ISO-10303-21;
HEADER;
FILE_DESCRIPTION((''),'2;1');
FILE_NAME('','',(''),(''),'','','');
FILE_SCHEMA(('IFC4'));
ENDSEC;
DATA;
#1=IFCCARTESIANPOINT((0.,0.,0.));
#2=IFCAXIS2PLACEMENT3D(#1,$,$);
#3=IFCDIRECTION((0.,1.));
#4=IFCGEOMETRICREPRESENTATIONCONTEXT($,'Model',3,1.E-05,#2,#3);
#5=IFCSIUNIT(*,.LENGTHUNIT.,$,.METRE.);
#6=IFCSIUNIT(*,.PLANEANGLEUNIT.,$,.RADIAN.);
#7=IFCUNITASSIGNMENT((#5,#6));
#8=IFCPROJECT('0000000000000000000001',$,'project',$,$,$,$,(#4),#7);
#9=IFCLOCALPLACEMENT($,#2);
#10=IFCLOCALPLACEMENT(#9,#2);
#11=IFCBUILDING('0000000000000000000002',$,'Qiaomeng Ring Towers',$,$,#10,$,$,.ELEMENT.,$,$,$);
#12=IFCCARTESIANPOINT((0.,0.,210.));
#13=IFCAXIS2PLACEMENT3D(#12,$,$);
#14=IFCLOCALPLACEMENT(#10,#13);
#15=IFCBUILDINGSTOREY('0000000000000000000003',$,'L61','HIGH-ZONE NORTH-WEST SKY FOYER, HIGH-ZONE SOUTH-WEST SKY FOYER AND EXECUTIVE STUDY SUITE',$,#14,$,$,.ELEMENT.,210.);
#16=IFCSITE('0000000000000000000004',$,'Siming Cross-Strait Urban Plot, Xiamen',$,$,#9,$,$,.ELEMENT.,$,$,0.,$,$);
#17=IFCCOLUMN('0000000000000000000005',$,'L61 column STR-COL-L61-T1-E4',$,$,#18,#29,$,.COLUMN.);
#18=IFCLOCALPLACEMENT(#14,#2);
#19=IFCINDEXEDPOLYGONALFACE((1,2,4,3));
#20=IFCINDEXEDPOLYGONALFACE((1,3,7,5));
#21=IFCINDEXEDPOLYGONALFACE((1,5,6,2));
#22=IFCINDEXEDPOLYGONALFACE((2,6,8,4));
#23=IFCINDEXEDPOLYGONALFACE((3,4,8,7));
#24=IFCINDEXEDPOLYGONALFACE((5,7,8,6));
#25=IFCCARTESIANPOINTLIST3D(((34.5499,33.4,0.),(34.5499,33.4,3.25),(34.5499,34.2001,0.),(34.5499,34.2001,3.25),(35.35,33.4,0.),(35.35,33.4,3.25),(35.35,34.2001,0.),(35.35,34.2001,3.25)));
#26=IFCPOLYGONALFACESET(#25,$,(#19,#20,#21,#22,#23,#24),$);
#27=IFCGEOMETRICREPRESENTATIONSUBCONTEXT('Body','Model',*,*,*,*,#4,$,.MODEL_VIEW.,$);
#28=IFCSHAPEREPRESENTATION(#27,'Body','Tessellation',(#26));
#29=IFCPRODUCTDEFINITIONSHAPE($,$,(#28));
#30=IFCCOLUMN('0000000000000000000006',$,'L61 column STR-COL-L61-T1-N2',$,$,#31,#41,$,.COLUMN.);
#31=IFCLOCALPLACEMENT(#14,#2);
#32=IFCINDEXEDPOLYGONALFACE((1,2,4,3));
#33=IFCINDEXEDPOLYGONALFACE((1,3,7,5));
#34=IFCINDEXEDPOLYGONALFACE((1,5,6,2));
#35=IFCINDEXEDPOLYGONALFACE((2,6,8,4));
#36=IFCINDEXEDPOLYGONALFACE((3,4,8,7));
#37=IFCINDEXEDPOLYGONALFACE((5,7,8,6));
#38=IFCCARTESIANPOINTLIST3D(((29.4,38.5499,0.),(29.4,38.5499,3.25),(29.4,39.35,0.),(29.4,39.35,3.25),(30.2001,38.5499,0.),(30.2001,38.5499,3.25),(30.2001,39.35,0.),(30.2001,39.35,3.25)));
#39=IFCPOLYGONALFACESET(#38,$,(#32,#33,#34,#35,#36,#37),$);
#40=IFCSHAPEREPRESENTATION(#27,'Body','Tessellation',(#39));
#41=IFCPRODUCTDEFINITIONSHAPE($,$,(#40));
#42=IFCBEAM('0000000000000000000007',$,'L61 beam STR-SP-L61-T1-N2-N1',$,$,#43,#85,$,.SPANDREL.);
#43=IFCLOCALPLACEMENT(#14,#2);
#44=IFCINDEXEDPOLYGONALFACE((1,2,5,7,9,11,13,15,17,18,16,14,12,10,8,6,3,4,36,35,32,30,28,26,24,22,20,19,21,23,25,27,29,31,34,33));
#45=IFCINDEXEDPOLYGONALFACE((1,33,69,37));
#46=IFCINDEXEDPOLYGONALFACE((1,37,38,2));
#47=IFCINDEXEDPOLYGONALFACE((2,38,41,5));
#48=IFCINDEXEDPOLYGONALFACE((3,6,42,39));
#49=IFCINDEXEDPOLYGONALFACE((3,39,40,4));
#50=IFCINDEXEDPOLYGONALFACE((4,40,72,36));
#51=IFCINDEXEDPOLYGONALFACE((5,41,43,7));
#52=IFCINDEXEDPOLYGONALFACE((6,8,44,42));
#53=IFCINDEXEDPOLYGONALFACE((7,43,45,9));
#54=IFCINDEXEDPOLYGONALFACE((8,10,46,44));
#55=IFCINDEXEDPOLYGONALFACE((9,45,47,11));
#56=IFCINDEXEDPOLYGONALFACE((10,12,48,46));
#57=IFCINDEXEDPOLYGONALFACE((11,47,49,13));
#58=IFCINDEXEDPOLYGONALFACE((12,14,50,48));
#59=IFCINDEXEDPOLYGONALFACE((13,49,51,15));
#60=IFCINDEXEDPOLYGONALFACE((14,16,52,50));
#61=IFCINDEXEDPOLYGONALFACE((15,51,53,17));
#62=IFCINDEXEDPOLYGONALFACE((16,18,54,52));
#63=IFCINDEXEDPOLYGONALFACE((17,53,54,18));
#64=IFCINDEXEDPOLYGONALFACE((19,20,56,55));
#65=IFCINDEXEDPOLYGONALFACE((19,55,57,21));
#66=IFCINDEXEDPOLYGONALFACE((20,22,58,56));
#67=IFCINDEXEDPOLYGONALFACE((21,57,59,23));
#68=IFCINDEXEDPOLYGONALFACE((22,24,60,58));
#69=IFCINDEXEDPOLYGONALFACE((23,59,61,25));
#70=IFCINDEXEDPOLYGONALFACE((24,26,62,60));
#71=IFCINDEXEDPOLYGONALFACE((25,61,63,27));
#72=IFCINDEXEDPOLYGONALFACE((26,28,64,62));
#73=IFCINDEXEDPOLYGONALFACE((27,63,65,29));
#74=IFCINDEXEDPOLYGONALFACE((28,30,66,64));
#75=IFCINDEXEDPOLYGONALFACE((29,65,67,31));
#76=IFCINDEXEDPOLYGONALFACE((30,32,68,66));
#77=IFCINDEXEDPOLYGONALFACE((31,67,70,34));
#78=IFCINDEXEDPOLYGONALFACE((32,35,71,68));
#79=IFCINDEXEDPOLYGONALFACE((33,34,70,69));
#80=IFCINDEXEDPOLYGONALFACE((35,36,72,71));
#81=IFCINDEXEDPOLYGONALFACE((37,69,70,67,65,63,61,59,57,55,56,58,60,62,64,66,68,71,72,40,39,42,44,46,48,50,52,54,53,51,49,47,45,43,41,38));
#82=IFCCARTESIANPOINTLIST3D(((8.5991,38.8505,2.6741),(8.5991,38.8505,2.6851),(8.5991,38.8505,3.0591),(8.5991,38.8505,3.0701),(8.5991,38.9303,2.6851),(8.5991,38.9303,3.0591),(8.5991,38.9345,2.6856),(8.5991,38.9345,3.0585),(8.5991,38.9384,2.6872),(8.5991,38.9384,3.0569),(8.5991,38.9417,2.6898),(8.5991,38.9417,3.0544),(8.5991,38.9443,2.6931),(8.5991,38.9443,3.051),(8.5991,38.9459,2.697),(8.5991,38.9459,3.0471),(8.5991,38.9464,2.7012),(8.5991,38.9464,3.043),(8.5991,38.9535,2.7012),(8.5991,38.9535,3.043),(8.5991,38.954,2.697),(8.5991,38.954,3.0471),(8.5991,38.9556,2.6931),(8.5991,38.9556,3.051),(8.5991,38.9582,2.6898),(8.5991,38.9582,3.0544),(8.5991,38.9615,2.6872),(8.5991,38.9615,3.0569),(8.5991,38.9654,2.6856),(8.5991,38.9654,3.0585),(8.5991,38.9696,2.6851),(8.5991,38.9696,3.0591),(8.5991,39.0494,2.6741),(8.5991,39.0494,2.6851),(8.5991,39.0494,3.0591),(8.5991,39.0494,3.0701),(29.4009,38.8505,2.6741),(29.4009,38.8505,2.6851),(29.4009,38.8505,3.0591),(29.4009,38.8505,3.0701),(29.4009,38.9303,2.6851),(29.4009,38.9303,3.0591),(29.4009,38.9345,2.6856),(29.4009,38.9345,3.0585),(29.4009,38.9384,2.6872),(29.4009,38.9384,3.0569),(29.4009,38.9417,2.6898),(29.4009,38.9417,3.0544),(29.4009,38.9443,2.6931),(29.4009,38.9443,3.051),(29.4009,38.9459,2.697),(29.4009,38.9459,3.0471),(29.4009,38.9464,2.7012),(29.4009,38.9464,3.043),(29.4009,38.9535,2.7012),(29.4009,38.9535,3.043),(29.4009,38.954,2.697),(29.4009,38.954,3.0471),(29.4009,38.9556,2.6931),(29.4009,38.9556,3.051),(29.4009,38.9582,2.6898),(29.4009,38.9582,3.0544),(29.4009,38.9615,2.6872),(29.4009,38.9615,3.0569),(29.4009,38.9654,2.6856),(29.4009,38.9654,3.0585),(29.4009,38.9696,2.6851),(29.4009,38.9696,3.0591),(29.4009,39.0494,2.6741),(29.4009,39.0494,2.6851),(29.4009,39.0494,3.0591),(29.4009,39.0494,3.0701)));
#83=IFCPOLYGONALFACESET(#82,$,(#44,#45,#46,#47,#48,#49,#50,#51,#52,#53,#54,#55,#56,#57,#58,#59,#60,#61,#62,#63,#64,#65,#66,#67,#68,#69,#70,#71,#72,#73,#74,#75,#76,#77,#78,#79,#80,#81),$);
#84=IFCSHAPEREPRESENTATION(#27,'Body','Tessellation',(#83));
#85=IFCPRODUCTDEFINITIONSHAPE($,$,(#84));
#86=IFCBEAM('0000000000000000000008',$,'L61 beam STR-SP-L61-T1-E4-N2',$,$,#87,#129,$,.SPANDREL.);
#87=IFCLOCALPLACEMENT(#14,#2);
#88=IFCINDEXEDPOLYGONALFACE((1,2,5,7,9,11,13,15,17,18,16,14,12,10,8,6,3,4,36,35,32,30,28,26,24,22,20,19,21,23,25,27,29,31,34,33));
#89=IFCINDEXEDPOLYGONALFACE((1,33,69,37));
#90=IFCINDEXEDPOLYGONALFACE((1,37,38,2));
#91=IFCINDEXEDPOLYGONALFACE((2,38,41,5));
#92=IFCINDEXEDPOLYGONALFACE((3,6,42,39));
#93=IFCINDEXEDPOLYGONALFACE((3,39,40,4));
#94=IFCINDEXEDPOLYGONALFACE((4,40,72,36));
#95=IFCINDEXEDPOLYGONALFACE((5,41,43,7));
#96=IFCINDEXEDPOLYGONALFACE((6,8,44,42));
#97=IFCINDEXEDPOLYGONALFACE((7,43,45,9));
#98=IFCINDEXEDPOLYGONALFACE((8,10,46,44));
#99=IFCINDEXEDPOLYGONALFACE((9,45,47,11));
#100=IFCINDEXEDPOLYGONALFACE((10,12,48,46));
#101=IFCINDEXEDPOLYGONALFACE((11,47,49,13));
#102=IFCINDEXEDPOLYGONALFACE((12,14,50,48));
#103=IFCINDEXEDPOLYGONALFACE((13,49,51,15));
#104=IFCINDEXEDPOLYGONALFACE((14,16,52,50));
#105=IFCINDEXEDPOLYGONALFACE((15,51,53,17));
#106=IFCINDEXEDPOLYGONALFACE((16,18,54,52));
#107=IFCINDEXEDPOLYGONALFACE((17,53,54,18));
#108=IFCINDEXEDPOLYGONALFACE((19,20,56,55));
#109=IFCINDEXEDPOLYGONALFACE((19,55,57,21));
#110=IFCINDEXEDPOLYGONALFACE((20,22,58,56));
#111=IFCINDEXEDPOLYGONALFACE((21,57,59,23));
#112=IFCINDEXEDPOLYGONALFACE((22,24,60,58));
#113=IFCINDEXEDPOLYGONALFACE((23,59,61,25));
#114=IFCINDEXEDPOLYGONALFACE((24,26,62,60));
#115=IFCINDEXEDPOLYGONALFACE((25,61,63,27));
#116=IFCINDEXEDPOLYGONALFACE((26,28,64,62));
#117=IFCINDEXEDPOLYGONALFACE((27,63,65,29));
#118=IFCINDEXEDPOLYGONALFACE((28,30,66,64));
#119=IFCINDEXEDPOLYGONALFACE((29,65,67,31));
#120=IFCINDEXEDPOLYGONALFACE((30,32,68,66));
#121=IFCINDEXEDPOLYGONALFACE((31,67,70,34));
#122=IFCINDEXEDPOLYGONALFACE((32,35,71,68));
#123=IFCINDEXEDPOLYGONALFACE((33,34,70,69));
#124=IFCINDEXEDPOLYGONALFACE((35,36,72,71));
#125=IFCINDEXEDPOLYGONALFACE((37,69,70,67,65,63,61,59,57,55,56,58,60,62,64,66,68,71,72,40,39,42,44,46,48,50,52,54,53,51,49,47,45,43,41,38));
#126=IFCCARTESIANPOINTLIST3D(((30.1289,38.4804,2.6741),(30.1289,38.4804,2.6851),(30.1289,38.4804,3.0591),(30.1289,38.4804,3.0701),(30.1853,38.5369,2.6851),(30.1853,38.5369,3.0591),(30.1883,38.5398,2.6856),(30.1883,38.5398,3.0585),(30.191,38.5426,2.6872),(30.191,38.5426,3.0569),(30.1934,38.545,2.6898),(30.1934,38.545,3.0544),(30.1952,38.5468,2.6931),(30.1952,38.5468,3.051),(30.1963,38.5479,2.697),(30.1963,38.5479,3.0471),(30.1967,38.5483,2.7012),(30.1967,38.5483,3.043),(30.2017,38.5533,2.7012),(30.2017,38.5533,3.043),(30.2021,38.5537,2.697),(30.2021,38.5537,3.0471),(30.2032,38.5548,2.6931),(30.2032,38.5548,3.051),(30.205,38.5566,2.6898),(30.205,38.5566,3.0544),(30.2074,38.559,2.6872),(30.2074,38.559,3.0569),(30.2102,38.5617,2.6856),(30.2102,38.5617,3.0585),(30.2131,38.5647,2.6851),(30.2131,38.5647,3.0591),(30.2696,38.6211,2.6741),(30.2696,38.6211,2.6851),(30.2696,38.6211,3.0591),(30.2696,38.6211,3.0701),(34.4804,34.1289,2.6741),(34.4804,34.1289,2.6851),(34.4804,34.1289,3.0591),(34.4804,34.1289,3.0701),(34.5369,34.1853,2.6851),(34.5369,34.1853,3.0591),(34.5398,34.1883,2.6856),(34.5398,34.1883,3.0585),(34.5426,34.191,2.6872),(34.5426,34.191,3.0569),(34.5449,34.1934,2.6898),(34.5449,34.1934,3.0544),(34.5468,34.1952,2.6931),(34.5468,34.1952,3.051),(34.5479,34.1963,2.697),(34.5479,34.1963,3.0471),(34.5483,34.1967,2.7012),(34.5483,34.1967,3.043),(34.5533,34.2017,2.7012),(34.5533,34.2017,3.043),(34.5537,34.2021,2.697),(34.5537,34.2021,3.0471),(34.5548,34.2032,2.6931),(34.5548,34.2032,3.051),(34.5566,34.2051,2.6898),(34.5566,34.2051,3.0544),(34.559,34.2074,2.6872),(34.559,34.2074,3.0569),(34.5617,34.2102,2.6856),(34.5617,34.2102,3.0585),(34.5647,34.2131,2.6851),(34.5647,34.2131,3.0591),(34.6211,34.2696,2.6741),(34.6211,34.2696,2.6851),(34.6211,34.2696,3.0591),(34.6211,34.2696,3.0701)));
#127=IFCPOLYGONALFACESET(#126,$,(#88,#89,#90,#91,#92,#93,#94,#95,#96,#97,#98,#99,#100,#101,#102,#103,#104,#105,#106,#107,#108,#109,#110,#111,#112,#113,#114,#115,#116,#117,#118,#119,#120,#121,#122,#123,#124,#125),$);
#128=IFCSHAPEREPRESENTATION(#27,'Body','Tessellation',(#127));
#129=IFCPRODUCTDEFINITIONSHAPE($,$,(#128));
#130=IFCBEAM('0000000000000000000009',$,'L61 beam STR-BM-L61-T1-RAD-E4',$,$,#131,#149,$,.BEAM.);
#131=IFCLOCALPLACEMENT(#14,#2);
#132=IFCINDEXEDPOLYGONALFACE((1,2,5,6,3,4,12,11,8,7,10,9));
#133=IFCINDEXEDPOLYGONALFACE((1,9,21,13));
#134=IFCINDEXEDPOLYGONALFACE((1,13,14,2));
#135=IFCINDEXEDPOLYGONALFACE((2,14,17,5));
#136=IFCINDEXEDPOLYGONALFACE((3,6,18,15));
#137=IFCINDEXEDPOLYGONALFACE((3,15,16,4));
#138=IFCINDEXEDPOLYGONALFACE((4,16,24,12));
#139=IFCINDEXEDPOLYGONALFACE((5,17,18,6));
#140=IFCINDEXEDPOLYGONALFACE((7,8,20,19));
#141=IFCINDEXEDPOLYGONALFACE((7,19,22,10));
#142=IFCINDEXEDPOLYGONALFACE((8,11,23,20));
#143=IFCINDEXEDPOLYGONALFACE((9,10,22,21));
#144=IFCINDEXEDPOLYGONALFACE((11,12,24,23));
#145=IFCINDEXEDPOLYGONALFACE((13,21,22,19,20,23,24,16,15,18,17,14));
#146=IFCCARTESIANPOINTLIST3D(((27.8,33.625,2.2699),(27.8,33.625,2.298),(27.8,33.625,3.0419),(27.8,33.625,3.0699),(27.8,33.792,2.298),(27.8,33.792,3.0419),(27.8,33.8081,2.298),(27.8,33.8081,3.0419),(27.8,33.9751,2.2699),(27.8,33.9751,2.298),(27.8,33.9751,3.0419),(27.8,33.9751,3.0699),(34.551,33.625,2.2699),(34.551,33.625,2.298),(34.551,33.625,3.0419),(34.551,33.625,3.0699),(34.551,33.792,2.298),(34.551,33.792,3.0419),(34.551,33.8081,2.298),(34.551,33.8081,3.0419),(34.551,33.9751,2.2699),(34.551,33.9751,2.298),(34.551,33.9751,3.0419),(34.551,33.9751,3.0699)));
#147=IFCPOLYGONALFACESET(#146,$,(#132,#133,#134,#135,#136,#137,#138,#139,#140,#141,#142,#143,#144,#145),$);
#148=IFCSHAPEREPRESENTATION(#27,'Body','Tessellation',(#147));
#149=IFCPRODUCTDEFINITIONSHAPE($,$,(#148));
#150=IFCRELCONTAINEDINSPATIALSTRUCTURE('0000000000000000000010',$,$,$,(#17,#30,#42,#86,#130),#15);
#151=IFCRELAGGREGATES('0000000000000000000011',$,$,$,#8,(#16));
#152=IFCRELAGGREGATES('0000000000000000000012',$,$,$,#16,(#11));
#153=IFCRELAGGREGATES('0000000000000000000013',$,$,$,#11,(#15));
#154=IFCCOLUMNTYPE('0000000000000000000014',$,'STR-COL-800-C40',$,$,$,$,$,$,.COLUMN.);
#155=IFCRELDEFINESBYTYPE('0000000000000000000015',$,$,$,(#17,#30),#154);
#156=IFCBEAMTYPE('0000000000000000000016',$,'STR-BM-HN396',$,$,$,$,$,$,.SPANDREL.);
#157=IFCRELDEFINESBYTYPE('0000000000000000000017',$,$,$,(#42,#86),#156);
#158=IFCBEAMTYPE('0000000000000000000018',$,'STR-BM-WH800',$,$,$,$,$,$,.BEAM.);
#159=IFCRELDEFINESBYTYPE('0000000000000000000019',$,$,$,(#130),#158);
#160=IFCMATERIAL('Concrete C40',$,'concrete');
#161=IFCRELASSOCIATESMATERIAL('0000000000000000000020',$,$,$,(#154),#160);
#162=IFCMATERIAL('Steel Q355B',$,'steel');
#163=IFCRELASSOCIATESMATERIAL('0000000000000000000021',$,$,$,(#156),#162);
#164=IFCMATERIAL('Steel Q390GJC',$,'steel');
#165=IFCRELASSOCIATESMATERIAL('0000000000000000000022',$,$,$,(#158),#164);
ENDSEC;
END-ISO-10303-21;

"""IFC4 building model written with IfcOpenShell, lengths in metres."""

from ifc_helpers import new_model, si_unit, direction, frame, origin, origin_2d, place, context, subcontext, project, spatial, rectangle, i_section, extrude, source, transform, mapped, material, material_profile, profile_set, type_object, element, save


model = new_model("IFC4")

# Units and contexts
model_context = context("Model", 3, precision=1e-05, world=origin(), true_north=direction((0.0, 1.0)))
body_context = subcontext(model_context, "Body", "Model", "MODEL_VIEW")
ifc_project = project(units=[si_unit("LENGTHUNIT", "METRE"), si_unit("PLANEANGLEUNIT", "RADIAN")], contexts=[model_context])

# Site, building, storey
site_placement = place(None, origin())
site = spatial("IfcSite", under=ifc_project, at=site_placement, Name="Siming Cross-Strait Urban Plot, Xiamen", CompositionType="ELEMENT", RefElevation=0.0)
building_placement = place(site_placement, origin())
building = spatial("IfcBuilding", under=site, at=building_placement, Name="Qiaomeng Ring Towers", CompositionType="ELEMENT")
storey_placement = place(building_placement, frame((0.0, 0.0, 210.0)))
storey = spatial("IfcBuildingStorey", under=building, at=storey_placement, Name="L61", Description="HIGH-ZONE NORTH-WEST SKY FOYER, HIGH-ZONE SOUTH-WEST SKY FOYER AND EXECUTIVE STUDY SUITE", CompositionType="ELEMENT", Elevation=210.0)

# Columns
ifc_material_1 = material(Name="Concrete C40", Category="concrete")
ifc_material_profile_1 = material_profile(ifc_material_1, rectangle(XDim=0.8, YDim=0.8, at=origin_2d()), Name="RC COL 800x800")
ifc_profile_set_1 = profile_set([ifc_material_profile_1], Name="Concrete C40")
column_type = type_object("IfcColumnType", Name="STR-COL-800-C40", PredefinedType="COLUMN", material=ifc_profile_set_1)
shared_shape_1 = source(origin(), body_context, "Body", "SweptSolid", [
    extrude(rectangle(XDim=0.8, YDim=0.8, at=origin_2d()), origin(), (0.0, 0.0, 1.0), 3.25),
])
for number, where, z_axis, x_axis, name in (
    (1, (34.95, 33.8, 0.0), (0.0, 0.0, 1.0), (1.0, 0.0, 0.0), "L61 column STR-COL-L61-T1-E4"),
    (2, (29.8, 38.95, 0.0), (0.0, 0.0, 1.0), (1.0, 0.0, 0.0), "L61 column STR-COL-L61-T1-N2"),
):
    element("IfcColumn", number, at=place(storey_placement, frame(where, z_axis=z_axis, x_axis=x_axis)), inside=storey, type_object=column_type, Name=name, PredefinedType="COLUMN", context=body_context, shape_type="MappedRepresentation", body=[
        mapped(shared_shape_1, transform((0.0, 0.0, 0.0), x_axis=(1.0, 0.0, 0.0), y_axis=(0.0, 1.0, 0.0), z_axis=(0.0, 0.0, 1.0), scale=1.0)),
    ])

# Beams
ifc_material_2 = material(Name="Steel Q355B", Category="steel")
ifc_material_profile_2 = material_profile(ifc_material_2, i_section(OverallWidth=0.199, OverallDepth=0.396, WebThickness=0.0071, FlangeThickness=0.011, FilletRadius=0.0161, at=origin_2d()), Name="HN 396x199x7x11")
ifc_profile_set_2 = profile_set([ifc_material_profile_2], Name="Steel Q355B")
beam_type_1 = type_object("IfcBeamType", Name="STR-BM-HN396", PredefinedType="SPANDREL", material=ifc_profile_set_2)
shared_shape_2 = source(origin(), body_context, "Body", "SweptSolid", [
    extrude(i_section(OverallWidth=0.199, OverallDepth=0.396, WebThickness=0.0071, FlangeThickness=0.011, FilletRadius=0.0161, at=origin_2d()), origin(), (0.0, 0.0, 1.0), 20.8018),
])
beam_1_placement = place(storey_placement, frame((29.4009, 38.95, 2.8721), z_axis=(-1.0, 0.0, 0.0), x_axis=(0.0, -1.0, 0.0)))
element("IfcBeam", 3, at=beam_1_placement, inside=storey, type_object=beam_type_1, Name="L61 beam STR-SP-L61-T1-N2-N1", PredefinedType="SPANDREL", context=body_context, shape_type="MappedRepresentation", body=[
    mapped(shared_shape_2, transform((0.0, 0.0, 0.0), x_axis=(1.0, 0.0, 0.0), y_axis=(0.0, 1.0, 0.0), z_axis=(0.0, 0.0, 1.0), scale=1.0)),
])
shared_shape_3 = source(origin(), body_context, "Body", "SweptSolid", [
    extrude(i_section(OverallWidth=0.199, OverallDepth=0.396, WebThickness=0.0071, FlangeThickness=0.011, FilletRadius=0.0161, at=origin_2d()), origin(), (0.0, 0.0, 1.0), 6.1541),
])
beam_2_placement = place(storey_placement, frame((34.5508, 34.1992, 2.8721), z_axis=(-0.707107, 0.707107, 0.0), x_axis=(-0.707107, -0.707107, 0.0)))
element("IfcBeam", 4, at=beam_2_placement, inside=storey, type_object=beam_type_1, Name="L61 beam STR-SP-L61-T1-E4-N2", PredefinedType="SPANDREL", context=body_context, shape_type="MappedRepresentation", body=[
    mapped(shared_shape_3, transform((0.0, 0.0, 0.0), x_axis=(1.0, 0.0, 0.0), y_axis=(0.0, 1.0, 0.0), z_axis=(0.0, 0.0, 1.0), scale=1.0)),
])
ifc_material_3 = material(Name="Steel Q390GJC", Category="steel")
ifc_material_profile_3 = material_profile(ifc_material_3, i_section(OverallWidth=0.3501, OverallDepth=0.8, WebThickness=0.0161, FlangeThickness=0.0281, at=origin_2d()), Name="WH 800x350x16x28")
ifc_profile_set_3 = profile_set([ifc_material_profile_3], Name="Steel Q390GJC")
beam_type_2 = type_object("IfcBeamType", Name="STR-BM-WH800", PredefinedType="BEAM", material=ifc_profile_set_3)
shared_shape_4 = source(origin(), body_context, "Body", "SweptSolid", [
    extrude(i_section(OverallWidth=0.3501, OverallDepth=0.8, WebThickness=0.0161, FlangeThickness=0.0281, at=origin_2d()), origin(), (0.0, 0.0, 1.0), 6.751),
])
beam_3_placement = place(storey_placement, frame((27.8, 33.8, 2.6699), z_axis=(1.0, 0.0, 0.0), x_axis=(0.0, 1.0, 0.0)))
element("IfcBeam", 5, at=beam_3_placement, inside=storey, type_object=beam_type_2, Name="L61 beam STR-BM-L61-T1-RAD-E4", PredefinedType="BEAM", context=body_context, shape_type="MappedRepresentation", body=[
    mapped(shared_shape_4, transform((0.0, 0.0, 0.0), x_axis=(1.0, 0.0, 0.0), y_axis=(0.0, 1.0, 0.0), z_axis=(0.0, 0.0, 1.0), scale=1.0)),
])

save(model, "model.ifc")
